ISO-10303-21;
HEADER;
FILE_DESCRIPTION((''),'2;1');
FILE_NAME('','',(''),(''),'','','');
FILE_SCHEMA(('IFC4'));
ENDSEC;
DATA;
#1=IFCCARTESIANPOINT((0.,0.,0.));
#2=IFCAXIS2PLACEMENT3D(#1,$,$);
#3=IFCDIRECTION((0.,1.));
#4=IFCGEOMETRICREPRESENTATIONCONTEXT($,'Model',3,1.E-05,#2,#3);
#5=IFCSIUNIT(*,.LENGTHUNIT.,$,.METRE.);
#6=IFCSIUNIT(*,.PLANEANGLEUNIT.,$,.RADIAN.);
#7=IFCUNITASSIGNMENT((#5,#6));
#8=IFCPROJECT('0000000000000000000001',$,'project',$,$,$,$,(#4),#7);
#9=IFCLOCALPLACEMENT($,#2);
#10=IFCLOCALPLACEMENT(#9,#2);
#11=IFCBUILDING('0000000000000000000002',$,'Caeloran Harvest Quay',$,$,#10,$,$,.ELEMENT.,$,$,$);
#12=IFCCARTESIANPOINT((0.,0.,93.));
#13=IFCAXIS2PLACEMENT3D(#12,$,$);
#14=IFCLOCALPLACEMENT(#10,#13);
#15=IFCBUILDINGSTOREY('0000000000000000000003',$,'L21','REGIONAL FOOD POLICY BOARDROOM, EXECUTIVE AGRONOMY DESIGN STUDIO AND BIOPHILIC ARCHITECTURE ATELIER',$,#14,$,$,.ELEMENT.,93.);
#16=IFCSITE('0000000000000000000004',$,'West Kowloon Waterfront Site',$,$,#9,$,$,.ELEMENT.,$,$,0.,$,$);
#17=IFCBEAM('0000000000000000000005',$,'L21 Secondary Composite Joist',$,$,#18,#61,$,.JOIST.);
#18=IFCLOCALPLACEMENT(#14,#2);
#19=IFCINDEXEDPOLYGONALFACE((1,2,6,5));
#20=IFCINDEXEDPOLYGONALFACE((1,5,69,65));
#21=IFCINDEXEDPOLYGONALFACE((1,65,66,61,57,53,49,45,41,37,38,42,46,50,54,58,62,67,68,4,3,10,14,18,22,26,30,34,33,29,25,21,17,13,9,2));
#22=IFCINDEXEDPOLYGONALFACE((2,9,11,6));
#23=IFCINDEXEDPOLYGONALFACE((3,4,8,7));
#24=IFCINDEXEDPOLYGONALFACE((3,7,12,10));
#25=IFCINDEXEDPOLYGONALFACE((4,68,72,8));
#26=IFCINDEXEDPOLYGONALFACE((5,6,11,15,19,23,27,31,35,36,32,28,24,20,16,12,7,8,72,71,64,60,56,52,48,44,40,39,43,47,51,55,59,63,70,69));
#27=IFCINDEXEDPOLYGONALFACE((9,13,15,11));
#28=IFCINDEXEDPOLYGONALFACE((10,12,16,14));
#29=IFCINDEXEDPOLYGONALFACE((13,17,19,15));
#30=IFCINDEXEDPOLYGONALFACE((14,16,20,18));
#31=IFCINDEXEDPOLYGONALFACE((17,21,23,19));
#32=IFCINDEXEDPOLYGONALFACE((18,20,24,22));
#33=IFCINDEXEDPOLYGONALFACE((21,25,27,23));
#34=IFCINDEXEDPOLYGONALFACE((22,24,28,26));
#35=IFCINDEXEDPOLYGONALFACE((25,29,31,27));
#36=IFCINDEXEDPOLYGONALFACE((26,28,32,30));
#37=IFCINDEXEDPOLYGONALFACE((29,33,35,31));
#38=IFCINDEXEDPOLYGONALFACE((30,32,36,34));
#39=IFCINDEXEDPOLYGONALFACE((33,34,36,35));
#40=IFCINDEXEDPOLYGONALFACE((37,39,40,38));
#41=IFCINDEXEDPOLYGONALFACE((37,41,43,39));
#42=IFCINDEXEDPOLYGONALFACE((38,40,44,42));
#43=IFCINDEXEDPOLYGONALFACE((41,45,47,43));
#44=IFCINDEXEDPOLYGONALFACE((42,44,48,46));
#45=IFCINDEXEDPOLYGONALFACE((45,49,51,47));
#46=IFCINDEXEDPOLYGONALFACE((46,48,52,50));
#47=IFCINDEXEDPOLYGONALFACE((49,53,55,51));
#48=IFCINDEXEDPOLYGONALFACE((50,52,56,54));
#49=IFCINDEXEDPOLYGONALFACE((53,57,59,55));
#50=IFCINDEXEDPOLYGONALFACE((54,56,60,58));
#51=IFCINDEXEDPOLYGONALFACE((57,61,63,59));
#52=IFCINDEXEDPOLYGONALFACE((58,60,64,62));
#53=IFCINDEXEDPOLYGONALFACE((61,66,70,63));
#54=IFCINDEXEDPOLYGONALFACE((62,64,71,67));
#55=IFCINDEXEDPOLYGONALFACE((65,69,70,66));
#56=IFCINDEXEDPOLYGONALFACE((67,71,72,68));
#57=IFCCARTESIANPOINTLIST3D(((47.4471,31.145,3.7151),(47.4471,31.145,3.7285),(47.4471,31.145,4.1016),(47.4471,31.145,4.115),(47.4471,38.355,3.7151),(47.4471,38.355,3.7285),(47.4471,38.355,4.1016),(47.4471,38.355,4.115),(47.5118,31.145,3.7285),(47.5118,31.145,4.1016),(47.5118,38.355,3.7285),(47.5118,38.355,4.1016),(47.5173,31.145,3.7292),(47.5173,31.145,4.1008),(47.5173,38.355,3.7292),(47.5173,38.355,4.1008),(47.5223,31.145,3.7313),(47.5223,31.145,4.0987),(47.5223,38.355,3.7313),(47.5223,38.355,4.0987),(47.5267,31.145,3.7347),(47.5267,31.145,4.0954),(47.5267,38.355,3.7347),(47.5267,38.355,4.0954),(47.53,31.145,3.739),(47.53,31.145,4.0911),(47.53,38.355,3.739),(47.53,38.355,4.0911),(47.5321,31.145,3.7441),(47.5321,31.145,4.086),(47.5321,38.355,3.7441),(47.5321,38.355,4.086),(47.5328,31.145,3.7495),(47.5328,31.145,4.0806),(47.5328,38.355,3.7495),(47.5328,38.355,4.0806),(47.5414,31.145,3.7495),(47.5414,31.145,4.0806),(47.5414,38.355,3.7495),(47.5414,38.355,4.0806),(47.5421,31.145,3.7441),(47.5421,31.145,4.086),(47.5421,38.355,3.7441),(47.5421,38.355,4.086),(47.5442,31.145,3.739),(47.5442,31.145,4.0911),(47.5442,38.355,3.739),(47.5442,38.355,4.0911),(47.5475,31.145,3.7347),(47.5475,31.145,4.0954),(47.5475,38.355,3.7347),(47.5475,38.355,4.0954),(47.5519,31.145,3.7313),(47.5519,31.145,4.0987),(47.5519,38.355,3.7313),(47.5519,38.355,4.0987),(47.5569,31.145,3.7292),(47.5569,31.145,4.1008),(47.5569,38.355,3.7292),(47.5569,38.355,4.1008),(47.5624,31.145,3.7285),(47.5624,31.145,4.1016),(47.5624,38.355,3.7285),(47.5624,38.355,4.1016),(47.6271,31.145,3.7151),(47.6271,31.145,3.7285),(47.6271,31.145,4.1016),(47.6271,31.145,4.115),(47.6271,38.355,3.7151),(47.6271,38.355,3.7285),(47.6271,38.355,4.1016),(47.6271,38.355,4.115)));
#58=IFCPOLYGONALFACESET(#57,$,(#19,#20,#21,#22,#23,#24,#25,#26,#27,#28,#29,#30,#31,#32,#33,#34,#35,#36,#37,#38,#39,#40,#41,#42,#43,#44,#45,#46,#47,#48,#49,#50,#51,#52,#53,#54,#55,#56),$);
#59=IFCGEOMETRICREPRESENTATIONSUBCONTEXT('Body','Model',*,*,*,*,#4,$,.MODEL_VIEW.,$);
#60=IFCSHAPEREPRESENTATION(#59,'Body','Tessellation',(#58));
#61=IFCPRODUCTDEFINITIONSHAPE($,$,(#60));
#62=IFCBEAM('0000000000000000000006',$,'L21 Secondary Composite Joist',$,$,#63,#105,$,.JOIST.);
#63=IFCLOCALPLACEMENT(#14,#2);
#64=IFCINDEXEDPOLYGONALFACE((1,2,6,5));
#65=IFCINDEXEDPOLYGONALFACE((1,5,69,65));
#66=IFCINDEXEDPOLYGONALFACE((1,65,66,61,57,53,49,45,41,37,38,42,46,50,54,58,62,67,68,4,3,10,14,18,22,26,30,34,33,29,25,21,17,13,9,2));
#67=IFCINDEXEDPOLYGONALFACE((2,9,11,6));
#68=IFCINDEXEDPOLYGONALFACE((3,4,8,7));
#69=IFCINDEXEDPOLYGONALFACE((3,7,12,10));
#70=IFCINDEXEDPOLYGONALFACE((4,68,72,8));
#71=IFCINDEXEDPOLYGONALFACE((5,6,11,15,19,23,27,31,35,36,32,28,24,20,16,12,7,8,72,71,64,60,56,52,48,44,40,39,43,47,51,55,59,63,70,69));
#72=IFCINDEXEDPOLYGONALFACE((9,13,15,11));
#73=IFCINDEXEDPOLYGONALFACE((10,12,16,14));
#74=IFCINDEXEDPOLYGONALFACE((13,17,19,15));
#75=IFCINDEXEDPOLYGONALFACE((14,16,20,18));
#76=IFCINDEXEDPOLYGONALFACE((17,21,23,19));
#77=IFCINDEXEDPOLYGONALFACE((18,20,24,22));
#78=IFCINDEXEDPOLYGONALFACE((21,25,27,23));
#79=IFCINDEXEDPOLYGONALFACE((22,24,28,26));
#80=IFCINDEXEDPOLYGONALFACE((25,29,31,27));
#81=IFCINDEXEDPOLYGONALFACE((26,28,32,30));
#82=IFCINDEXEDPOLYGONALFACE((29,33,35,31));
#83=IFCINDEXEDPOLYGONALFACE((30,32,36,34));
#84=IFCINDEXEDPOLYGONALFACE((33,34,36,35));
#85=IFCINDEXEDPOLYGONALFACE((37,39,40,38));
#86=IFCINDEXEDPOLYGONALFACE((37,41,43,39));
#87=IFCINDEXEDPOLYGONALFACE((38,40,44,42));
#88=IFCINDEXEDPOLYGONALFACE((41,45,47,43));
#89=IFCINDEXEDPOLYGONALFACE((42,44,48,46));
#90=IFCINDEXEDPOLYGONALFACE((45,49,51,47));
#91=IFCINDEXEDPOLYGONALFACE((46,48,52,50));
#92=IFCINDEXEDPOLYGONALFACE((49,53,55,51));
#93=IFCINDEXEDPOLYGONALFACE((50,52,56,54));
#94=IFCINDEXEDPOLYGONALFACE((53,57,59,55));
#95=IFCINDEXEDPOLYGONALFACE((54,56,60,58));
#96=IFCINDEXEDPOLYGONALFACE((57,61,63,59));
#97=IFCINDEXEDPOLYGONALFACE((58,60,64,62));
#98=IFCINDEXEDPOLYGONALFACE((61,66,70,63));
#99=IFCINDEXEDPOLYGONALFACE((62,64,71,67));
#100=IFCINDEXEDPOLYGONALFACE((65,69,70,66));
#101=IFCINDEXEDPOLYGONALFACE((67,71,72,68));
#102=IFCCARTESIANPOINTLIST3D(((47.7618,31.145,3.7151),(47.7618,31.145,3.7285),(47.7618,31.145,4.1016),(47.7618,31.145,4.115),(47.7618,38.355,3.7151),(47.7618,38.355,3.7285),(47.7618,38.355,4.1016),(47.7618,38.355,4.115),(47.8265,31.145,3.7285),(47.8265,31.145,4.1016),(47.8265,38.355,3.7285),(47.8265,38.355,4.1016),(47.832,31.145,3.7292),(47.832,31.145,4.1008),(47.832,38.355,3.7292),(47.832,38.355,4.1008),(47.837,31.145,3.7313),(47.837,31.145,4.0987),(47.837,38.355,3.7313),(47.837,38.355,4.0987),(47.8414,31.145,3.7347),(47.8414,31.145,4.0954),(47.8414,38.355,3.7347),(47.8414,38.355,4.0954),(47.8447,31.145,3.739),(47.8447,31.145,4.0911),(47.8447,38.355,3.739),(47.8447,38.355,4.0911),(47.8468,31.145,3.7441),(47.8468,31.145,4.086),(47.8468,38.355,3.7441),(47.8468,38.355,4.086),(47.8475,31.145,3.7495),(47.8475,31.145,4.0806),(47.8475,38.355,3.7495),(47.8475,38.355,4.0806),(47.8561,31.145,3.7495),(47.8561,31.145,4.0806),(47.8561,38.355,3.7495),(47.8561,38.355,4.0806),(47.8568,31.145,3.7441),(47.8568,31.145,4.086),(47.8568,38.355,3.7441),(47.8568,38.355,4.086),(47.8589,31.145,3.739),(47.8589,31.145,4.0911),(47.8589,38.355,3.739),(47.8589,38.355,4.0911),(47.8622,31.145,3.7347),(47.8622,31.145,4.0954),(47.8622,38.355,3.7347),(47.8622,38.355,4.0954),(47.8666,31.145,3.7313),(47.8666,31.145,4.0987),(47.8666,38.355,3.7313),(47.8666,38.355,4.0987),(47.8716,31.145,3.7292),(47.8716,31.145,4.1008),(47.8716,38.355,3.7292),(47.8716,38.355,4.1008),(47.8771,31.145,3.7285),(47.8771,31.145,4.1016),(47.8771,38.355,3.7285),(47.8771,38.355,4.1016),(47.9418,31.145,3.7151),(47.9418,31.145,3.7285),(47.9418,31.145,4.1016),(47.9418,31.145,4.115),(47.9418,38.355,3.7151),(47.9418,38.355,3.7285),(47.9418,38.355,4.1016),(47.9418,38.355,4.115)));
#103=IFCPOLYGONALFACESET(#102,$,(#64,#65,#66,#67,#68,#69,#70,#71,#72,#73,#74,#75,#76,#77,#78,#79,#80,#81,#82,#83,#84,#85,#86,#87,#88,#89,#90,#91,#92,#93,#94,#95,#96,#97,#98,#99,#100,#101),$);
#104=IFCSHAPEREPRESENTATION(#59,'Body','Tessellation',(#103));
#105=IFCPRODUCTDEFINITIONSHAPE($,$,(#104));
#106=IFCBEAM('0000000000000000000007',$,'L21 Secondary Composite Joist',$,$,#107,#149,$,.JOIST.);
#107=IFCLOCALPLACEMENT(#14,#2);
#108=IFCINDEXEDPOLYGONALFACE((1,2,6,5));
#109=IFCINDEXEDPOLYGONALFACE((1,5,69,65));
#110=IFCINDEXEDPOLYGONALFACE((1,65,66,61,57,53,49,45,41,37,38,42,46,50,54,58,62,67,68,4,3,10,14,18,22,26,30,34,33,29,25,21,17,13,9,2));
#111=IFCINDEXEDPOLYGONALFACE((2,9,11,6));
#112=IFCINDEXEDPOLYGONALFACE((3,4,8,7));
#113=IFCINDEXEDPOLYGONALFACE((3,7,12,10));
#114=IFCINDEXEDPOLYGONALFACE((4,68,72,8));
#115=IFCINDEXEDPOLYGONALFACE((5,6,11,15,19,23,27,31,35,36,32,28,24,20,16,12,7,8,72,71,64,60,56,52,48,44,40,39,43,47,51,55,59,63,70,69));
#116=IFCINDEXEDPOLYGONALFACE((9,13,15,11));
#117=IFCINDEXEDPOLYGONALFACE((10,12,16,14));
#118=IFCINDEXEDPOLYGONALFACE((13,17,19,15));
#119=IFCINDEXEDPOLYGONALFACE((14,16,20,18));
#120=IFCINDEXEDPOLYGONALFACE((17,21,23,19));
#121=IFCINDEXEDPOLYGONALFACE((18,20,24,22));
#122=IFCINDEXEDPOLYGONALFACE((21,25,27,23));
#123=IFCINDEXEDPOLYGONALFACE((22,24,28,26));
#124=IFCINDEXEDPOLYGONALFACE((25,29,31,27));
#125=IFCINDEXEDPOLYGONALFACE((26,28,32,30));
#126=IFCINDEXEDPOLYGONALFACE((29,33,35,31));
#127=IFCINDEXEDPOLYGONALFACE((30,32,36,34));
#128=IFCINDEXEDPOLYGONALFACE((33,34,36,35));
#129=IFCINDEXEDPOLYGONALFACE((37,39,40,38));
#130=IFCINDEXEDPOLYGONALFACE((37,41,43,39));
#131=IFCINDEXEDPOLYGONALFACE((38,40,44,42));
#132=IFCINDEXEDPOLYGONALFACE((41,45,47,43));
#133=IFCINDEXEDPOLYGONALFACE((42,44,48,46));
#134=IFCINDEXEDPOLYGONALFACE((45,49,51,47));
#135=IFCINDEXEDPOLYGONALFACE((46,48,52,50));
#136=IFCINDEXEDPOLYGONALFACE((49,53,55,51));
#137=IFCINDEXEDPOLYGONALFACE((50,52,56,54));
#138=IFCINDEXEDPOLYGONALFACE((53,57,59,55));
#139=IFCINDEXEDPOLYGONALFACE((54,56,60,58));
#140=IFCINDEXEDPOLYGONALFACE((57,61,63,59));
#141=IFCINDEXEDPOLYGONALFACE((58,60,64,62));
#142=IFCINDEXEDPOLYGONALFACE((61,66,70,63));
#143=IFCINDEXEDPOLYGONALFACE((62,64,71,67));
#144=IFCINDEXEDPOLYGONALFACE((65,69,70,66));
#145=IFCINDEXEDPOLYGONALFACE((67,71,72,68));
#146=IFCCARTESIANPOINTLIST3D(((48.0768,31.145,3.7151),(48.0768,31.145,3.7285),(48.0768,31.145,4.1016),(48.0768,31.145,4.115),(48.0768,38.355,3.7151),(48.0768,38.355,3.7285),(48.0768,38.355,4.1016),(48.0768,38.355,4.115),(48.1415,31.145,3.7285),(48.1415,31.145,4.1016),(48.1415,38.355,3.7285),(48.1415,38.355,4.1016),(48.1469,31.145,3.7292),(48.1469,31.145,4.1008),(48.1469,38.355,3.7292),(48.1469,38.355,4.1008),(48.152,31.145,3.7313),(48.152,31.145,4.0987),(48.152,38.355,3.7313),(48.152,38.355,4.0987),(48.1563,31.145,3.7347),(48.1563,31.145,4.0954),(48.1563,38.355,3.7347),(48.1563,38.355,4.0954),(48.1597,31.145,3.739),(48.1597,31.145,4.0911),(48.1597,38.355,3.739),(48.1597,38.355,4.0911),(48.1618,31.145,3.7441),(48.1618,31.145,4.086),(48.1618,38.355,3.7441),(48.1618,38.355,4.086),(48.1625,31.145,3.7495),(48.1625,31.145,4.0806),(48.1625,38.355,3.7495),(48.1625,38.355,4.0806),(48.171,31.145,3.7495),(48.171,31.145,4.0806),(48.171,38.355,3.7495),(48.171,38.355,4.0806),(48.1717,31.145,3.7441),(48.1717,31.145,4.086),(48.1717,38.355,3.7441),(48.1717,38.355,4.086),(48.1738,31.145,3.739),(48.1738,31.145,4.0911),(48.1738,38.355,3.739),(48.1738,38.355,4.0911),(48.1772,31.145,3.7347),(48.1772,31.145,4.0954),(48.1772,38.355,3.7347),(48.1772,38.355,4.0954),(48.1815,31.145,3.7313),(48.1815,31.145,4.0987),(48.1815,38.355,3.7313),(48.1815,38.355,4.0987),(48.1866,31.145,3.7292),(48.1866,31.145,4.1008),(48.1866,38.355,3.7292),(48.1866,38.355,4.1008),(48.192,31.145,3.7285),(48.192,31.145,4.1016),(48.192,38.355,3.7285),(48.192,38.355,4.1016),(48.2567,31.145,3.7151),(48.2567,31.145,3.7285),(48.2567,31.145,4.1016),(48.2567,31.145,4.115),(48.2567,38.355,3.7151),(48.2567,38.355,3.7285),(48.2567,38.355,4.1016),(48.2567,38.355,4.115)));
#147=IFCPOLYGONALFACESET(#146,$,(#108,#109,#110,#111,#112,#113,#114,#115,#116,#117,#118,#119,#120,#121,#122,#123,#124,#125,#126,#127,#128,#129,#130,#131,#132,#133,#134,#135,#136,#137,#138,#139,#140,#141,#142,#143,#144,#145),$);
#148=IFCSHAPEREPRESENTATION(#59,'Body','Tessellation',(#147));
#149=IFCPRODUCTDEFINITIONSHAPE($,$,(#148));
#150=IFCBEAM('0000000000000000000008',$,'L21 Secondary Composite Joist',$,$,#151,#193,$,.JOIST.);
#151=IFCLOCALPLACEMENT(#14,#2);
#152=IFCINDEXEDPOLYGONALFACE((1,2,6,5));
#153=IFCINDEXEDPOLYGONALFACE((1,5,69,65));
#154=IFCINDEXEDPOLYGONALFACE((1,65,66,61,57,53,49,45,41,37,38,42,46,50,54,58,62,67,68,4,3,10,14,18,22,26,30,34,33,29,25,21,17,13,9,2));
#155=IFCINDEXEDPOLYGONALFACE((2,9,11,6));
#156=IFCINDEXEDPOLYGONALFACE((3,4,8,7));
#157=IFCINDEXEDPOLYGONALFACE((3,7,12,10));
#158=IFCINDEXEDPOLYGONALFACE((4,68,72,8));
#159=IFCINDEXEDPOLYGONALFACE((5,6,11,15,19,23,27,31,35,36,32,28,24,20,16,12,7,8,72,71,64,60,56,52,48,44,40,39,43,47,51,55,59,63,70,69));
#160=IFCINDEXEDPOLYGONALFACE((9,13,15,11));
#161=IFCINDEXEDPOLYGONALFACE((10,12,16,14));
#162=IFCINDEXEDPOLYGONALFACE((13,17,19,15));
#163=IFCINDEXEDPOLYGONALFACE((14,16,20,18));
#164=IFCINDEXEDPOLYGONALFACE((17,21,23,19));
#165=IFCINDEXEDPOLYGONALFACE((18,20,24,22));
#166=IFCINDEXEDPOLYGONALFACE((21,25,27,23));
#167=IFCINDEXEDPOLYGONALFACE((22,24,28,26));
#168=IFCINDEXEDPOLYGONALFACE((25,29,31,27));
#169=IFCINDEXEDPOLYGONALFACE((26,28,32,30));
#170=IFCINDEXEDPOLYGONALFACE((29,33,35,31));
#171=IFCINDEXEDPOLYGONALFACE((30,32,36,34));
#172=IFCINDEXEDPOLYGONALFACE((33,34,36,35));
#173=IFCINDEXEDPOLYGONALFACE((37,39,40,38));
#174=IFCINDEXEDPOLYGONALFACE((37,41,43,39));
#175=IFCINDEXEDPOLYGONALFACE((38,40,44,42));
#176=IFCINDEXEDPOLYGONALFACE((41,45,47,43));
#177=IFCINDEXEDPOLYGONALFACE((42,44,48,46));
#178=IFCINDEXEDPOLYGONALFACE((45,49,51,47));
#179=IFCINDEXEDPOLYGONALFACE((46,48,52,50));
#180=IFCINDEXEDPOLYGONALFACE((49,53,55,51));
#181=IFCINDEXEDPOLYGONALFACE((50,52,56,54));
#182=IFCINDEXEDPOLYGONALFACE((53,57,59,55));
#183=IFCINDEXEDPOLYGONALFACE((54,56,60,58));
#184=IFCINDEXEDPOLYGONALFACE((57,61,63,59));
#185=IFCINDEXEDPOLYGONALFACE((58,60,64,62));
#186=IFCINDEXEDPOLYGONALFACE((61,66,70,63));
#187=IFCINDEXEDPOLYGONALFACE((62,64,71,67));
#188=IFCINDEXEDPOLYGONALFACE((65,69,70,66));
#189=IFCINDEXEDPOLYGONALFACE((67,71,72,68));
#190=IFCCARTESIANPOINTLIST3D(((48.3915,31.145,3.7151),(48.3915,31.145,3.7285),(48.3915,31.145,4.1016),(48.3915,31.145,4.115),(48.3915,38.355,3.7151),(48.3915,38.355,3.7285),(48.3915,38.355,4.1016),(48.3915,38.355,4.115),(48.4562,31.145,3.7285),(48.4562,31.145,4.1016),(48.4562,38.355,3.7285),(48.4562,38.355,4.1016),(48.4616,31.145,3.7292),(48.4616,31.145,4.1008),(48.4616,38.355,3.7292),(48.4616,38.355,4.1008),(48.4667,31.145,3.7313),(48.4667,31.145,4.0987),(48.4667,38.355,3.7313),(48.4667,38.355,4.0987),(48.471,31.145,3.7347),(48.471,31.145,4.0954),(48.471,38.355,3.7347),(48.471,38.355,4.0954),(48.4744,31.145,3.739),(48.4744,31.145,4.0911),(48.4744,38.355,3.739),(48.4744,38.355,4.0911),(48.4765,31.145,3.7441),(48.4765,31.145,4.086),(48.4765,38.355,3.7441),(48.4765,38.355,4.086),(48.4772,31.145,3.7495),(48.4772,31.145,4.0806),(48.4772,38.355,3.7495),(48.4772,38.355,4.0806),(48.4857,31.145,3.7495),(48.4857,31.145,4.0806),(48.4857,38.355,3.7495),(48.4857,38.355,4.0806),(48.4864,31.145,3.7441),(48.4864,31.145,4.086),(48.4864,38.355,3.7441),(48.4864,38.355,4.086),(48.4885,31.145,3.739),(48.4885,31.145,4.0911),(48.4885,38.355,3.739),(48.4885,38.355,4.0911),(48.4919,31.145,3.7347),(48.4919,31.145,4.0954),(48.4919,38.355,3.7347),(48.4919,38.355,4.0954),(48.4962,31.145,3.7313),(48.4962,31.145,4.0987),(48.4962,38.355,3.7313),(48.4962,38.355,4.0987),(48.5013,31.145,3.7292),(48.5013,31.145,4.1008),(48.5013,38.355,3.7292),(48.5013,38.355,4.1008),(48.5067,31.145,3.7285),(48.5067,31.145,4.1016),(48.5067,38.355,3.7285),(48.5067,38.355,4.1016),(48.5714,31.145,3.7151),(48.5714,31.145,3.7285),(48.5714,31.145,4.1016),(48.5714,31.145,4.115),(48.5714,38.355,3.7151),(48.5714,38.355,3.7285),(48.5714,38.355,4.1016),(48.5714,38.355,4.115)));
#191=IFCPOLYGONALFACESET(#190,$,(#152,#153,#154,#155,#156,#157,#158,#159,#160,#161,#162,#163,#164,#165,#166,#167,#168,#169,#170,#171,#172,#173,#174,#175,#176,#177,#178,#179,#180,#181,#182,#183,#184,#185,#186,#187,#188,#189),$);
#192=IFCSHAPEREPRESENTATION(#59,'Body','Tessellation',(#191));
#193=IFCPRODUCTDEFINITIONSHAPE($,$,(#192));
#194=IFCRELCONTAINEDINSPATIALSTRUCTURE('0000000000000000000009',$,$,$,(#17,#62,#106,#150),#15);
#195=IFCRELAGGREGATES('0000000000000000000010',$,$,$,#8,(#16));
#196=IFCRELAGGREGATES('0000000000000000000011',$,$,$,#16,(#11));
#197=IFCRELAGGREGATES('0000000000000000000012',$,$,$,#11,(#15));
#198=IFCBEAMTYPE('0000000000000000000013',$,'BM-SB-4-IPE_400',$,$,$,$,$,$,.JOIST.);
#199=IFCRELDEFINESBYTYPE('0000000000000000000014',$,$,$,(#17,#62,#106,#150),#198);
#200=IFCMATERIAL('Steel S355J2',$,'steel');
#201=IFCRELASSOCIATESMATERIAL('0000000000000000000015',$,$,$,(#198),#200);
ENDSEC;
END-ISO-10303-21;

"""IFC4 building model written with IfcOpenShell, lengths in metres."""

from ifc_helpers import new_model, si_unit, direction, frame, origin, origin_2d, place, context, subcontext, project, spatial, i_section, extrude, material, material_profile, profile_set, type_object, element, save


model = new_model("IFC4")

# Units and contexts
model_context = context("Model", 3, precision=1e-05, world=origin(), true_north=direction((0.0, 1.0)))
body_context = subcontext(model_context, "Body", "Model", "MODEL_VIEW")
ifc_project = project(units=[si_unit("LENGTHUNIT", "METRE"), si_unit("PLANEANGLEUNIT", "RADIAN")], contexts=[model_context])

# Site, building, storey
site_placement = place(None, origin())
site = spatial("IfcSite", under=ifc_project, at=site_placement, Name="West Kowloon Waterfront Site", CompositionType="ELEMENT", RefElevation=0.0)
building_placement = place(site_placement, origin())
building = spatial("IfcBuilding", under=site, at=building_placement, Name="Caeloran Harvest Quay", CompositionType="ELEMENT")
storey_placement = place(building_placement, frame((0.0, 0.0, 93.0)))
storey = spatial("IfcBuildingStorey", under=building, at=storey_placement, Name="L21", Description="REGIONAL FOOD POLICY BOARDROOM, EXECUTIVE AGRONOMY DESIGN STUDIO AND BIOPHILIC ARCHITECTURE ATELIER", CompositionType="ELEMENT", Elevation=93.0)

# Beams
ifc_material_1 = material(Name="Steel S355J2", Category="steel")
ifc_material_profile_1 = material_profile(ifc_material_1, i_section(OverallWidth=0.1799, OverallDepth=0.3999, WebThickness=0.0085, FlangeThickness=0.0134, FilletRadius=0.021, at=origin_2d()), Name="IPE 400")
ifc_profile_set_1 = profile_set([ifc_material_profile_1], Name="Steel S355J2")
beam_type_1 = type_object("IfcBeamType", Name="BM-SB-4-IPE_400", PredefinedType="JOIST", material=ifc_profile_set_1)
for number, where, z_axis, x_axis, name in (
    (1, (47.5371, 31.145, 3.915), (0.0, 1.0, 0.0), (-1.0, 0.0, 0.0), "L21 Secondary Composite Joist"),
    (2, (47.8518, 31.145, 3.915), (0.0, 1.0, 0.0), (-1.0, 0.0, 0.0), "L21 Secondary Composite Joist"),
    (3, (48.1667, 31.145, 3.915), (0.0, 1.0, 0.0), (-1.0, 0.0, 0.0), "L21 Secondary Composite Joist"),
    (4, (48.4814, 31.145, 3.915), (0.0, 1.0, 0.0), (-1.0, 0.0, 0.0), "L21 Secondary Composite Joist"),
):
    element("IfcBeam", number, at=place(storey_placement, frame(where, z_axis=z_axis, x_axis=x_axis)), inside=storey, type_object=beam_type_1, Name=name, PredefinedType="JOIST", context=body_context, shape_type="SweptSolid", body=[
        extrude(i_section(OverallWidth=0.1799, OverallDepth=0.3999, WebThickness=0.0085, FlangeThickness=0.0134, FilletRadius=0.021, at=origin_2d()), origin(), (0.0, 0.0, 1.0), 7.21),
    ])

save(model, "model.ifc")
